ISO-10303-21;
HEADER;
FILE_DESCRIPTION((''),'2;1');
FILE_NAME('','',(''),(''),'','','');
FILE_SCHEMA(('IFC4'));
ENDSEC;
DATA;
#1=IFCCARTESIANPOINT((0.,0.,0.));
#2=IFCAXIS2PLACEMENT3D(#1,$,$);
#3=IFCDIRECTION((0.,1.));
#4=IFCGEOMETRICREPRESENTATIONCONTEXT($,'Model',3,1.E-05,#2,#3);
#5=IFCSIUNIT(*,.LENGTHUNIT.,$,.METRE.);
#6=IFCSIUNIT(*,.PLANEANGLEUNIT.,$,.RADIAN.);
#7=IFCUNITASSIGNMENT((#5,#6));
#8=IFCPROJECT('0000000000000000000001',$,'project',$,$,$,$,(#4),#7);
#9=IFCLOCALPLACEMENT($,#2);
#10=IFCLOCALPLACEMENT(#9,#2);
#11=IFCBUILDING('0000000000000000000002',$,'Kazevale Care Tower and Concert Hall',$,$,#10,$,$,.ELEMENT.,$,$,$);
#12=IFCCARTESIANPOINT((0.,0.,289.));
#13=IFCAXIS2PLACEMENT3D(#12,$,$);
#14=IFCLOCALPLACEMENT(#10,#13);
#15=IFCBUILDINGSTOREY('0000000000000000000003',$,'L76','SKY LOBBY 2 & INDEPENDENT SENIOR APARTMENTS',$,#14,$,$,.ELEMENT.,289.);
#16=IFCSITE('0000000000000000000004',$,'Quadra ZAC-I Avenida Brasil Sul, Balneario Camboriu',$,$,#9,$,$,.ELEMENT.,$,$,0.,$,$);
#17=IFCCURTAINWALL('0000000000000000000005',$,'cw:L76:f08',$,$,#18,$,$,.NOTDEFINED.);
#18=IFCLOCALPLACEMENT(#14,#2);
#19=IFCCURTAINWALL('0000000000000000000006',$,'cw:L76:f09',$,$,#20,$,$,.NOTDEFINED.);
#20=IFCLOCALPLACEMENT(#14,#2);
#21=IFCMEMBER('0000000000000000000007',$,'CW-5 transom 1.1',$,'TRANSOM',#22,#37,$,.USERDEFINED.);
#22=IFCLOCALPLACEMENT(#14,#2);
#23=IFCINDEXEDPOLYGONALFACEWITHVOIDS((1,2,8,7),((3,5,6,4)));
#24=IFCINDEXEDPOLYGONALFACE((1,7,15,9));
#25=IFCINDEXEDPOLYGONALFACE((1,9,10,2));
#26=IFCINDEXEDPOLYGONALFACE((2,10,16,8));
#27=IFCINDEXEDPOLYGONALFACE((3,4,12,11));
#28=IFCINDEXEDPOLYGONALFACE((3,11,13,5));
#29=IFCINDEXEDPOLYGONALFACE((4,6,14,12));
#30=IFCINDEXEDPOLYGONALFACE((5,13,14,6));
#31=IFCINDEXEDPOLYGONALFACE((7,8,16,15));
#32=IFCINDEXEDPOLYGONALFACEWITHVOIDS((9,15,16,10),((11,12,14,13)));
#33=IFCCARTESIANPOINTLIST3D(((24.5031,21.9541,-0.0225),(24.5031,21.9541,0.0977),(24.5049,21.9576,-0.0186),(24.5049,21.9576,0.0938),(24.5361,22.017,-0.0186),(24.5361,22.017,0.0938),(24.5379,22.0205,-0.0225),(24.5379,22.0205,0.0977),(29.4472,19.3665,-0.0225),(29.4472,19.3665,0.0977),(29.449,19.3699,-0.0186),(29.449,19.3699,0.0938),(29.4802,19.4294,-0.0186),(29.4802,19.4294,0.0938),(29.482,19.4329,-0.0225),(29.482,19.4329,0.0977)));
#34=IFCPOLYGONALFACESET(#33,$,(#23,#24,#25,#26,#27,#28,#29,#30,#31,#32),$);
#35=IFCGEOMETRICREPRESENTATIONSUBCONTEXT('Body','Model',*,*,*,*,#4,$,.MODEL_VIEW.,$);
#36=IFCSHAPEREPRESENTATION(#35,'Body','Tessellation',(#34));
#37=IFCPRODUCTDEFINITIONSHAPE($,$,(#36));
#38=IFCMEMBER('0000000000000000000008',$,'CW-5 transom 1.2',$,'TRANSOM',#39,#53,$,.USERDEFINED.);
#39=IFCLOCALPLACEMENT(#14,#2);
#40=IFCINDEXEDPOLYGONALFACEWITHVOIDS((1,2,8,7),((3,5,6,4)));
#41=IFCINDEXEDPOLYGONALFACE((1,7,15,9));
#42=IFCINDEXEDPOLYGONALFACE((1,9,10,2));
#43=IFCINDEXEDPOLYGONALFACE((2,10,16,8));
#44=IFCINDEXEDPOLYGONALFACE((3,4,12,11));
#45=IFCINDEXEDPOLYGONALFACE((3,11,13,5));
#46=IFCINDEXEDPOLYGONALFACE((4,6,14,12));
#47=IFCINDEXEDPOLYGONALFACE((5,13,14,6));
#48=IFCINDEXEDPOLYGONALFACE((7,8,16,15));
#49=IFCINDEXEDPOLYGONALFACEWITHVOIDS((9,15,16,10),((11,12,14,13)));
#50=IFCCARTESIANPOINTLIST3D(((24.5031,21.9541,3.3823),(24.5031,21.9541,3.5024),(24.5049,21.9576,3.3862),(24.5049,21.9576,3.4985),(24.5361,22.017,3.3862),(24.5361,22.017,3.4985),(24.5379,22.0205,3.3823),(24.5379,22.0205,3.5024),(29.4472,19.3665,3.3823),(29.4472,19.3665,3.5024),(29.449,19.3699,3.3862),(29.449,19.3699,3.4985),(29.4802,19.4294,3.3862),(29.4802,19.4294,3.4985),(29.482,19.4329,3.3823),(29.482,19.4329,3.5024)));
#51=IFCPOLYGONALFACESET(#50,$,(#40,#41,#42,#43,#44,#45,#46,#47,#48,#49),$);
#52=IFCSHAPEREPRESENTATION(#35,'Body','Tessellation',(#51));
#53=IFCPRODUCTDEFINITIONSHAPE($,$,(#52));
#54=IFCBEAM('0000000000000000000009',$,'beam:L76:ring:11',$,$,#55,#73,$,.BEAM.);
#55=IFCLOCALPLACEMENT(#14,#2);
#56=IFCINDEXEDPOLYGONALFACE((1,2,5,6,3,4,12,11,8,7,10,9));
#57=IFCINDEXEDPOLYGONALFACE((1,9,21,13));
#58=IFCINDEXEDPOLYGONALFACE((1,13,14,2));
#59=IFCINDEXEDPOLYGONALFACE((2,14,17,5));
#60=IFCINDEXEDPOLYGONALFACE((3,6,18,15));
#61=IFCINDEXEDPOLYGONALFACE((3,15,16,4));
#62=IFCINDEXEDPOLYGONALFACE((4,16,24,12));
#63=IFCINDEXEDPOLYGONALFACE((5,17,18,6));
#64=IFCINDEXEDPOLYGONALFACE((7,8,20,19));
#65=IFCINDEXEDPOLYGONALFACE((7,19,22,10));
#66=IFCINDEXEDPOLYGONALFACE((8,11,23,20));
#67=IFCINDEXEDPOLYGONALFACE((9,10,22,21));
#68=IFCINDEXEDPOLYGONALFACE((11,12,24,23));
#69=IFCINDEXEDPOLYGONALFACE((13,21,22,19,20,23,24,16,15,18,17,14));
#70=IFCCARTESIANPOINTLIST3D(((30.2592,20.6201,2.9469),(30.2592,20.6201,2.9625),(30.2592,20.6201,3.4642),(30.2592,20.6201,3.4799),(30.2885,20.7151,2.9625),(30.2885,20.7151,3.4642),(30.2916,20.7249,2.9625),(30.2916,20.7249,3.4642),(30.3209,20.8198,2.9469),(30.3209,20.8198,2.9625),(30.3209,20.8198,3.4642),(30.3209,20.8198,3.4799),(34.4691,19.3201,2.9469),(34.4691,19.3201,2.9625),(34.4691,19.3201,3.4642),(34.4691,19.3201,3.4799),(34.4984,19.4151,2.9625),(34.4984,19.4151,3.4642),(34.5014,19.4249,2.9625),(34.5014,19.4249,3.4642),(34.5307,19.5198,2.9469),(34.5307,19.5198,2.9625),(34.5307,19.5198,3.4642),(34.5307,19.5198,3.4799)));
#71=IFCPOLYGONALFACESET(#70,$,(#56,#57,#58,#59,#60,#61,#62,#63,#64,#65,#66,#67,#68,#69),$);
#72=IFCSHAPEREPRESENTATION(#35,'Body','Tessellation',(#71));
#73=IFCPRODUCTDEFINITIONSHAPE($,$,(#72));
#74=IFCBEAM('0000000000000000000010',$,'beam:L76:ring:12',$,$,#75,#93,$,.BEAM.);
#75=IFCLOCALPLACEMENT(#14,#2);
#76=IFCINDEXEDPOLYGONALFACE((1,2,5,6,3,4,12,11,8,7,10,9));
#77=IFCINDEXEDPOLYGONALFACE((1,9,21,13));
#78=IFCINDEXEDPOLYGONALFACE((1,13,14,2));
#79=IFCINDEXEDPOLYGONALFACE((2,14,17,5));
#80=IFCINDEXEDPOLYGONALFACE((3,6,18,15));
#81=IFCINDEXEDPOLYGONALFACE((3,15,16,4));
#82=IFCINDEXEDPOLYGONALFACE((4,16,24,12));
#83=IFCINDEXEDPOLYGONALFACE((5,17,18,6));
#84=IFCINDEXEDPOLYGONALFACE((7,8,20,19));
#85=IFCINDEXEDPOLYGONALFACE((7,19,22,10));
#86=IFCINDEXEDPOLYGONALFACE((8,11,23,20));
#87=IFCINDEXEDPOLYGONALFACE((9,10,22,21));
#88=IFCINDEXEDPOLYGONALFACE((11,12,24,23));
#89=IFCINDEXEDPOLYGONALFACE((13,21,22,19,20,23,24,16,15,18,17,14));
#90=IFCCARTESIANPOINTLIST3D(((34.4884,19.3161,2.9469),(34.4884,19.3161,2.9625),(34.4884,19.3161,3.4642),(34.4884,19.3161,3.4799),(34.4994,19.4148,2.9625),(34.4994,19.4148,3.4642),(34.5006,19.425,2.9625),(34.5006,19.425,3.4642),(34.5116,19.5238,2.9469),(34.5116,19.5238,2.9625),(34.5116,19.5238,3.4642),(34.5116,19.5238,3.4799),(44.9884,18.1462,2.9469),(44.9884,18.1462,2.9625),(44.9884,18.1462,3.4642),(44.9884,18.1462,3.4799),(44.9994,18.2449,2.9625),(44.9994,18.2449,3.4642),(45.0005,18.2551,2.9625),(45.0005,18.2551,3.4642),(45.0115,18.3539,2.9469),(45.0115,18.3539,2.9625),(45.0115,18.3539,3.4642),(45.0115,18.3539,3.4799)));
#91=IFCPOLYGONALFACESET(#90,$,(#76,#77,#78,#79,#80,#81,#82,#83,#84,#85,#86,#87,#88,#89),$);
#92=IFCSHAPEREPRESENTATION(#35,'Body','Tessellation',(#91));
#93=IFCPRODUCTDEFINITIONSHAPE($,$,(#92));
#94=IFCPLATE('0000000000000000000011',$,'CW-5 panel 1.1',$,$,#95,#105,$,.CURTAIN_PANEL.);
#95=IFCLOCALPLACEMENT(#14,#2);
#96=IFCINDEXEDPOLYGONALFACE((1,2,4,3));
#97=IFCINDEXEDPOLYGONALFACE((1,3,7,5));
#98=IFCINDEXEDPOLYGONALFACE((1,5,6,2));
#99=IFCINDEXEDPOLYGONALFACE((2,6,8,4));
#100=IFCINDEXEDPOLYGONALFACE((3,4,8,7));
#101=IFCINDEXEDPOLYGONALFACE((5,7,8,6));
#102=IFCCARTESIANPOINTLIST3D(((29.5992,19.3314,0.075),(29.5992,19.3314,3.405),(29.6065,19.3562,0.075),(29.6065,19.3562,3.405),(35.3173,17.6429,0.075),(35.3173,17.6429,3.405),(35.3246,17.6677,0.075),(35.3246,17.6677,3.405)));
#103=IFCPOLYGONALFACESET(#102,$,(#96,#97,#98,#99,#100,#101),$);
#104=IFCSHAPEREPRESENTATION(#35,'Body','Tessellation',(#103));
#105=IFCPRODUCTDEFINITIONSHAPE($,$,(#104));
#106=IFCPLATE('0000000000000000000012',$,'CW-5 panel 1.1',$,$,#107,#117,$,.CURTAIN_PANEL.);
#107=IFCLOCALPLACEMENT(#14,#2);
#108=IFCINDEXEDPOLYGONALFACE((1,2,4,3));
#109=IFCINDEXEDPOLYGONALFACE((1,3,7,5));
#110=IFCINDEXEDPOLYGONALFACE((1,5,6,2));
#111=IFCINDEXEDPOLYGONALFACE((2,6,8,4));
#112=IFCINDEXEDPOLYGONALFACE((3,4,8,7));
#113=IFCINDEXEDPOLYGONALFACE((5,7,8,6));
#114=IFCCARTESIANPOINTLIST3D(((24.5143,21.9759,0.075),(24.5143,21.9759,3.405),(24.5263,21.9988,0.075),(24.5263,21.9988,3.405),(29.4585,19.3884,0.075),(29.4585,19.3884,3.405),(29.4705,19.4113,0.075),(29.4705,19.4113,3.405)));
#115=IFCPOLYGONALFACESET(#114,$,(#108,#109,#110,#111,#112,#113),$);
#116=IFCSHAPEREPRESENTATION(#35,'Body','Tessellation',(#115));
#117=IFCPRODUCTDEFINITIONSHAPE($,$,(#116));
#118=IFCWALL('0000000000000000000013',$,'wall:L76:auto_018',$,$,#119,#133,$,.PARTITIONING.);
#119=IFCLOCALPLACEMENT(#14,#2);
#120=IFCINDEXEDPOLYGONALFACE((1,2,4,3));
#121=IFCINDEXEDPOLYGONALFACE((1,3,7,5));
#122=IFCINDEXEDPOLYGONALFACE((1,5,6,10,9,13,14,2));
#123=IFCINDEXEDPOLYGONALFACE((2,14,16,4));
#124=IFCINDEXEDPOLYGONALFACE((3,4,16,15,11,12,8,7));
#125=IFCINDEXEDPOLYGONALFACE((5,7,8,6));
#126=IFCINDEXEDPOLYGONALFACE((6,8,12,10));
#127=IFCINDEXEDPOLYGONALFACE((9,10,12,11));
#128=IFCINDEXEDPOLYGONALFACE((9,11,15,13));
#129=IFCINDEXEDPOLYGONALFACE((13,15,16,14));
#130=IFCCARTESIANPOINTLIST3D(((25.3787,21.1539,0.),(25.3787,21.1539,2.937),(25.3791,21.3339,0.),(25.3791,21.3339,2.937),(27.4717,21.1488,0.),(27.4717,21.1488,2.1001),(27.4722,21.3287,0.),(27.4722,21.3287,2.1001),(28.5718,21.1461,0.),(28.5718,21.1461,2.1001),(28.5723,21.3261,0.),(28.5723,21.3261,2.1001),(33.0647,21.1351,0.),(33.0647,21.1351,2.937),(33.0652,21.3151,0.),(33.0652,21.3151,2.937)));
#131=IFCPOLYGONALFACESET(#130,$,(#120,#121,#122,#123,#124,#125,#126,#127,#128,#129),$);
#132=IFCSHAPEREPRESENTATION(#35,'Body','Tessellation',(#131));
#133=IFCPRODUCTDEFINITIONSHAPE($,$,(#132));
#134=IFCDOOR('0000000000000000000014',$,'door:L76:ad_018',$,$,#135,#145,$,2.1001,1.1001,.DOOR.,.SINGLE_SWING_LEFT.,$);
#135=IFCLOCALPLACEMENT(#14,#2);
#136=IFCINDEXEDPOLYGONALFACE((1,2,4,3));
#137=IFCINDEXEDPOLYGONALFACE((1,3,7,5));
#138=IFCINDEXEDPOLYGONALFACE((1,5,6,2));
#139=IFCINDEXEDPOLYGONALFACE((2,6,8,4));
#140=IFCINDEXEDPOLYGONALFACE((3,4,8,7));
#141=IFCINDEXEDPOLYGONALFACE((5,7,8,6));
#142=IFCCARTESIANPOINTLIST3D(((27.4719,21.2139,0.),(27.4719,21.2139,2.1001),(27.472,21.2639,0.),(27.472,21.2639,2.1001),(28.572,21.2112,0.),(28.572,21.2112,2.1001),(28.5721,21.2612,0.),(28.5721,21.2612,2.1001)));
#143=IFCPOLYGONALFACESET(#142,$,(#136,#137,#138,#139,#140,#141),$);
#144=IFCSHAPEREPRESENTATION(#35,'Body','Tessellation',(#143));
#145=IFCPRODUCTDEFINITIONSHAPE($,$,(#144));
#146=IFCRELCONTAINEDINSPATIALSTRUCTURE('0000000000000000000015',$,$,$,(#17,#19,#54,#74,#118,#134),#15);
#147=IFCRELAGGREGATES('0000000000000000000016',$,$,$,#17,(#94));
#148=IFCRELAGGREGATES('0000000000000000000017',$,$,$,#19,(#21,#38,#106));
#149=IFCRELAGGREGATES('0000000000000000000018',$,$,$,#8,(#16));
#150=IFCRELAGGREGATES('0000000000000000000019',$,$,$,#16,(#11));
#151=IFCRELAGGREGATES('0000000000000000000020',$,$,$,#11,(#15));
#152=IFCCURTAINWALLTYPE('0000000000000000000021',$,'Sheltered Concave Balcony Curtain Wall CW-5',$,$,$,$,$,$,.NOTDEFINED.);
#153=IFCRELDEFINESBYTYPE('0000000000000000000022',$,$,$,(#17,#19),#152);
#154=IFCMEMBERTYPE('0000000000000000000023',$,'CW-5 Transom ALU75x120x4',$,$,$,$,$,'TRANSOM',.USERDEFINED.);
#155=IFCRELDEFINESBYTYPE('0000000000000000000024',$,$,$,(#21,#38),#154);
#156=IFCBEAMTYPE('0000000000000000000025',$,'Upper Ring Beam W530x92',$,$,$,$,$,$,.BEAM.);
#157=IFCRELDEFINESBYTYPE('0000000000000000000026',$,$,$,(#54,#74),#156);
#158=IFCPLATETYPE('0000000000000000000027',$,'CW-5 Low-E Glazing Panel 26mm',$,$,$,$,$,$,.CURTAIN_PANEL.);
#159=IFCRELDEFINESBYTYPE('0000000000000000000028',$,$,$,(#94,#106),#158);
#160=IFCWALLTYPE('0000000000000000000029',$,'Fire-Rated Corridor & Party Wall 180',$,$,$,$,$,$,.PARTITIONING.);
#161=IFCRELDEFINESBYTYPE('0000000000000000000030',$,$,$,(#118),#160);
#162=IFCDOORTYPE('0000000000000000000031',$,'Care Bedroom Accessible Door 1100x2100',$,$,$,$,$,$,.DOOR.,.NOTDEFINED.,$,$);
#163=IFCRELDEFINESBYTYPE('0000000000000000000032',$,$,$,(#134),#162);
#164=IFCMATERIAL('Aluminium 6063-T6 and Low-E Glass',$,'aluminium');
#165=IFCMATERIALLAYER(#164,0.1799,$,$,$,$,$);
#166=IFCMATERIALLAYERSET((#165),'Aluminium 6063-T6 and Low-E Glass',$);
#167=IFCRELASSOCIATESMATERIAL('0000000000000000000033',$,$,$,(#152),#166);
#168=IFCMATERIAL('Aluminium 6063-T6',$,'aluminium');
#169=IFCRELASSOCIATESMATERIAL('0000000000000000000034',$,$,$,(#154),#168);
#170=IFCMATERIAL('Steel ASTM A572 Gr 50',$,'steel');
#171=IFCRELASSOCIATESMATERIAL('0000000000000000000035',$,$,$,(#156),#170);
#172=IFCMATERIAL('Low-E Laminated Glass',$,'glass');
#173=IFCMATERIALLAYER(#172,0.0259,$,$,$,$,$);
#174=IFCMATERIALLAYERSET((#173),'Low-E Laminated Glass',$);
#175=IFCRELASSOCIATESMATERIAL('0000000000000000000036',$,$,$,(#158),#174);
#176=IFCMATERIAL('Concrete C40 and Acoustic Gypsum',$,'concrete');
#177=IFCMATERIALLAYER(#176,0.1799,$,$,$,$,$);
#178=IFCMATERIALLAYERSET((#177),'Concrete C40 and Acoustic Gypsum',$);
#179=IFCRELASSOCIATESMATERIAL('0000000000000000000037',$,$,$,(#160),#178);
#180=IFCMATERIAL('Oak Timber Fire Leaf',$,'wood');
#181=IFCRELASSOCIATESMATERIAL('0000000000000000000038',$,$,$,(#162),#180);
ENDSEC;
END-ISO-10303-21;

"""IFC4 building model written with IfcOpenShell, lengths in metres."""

from ifc_helpers import new_model, si_unit, direction, frame, frame_2d, origin, origin_2d, place, context, subcontext, project, spatial, rectangle, hollow_rectangle, i_section, extrude, material, layer, layer_set, material_profile, profile_set, type_object, element, fill, aggregate, save


model = new_model("IFC4")

# Units and contexts
model_context = context("Model", 3, precision=1e-05, world=origin(), true_north=direction((0.0, 1.0)))
body_context = subcontext(model_context, "Body", "Model", "MODEL_VIEW")
ifc_project = project(units=[si_unit("LENGTHUNIT", "METRE"), si_unit("PLANEANGLEUNIT", "RADIAN")], contexts=[model_context])

# Site, building, storey
site_placement = place(None, origin())
site = spatial("IfcSite", under=ifc_project, at=site_placement, Name="Quadra ZAC-I Avenida Brasil Sul, Balneario Camboriu", CompositionType="ELEMENT", RefElevation=0.0)
building_placement = place(site_placement, origin())
building = spatial("IfcBuilding", under=site, at=building_placement, Name="Kazevale Care Tower and Concert Hall", CompositionType="ELEMENT")
storey_placement = place(building_placement, frame((0.0, 0.0, 289.0)))
storey = spatial("IfcBuildingStorey", under=building, at=storey_placement, Name="L76", Description="SKY LOBBY 2 & INDEPENDENT SENIOR APARTMENTS", CompositionType="ELEMENT", Elevation=289.0)

# Shared definitions
ifc_material_1 = material(Name="Aluminium 6063-T6 and Low-E Glass", Category="aluminium")
ifc_layer_1 = layer(ifc_material_1, 0.1799)
ifc_layer_set_1 = layer_set([ifc_layer_1], Name="Aluminium 6063-T6 and Low-E Glass")
curtain_wall_type = type_object("IfcCurtainWallType", Name="Sheltered Concave Balcony Curtain Wall CW-5", PredefinedType="NOTDEFINED", material=ifc_layer_set_1)
ifc_material_2 = material(Name="Aluminium 6063-T6", Category="aluminium")

# Curtain wall
curtain_wall_1_placement = place(storey_placement, origin())
curtain_wall_1 = element("IfcCurtainWall", 1, at=curtain_wall_1_placement, inside=storey, type_object=curtain_wall_type, Name="cw:L76:f08", PredefinedType="NOTDEFINED")

# Curtain wall
curtain_wall_2_placement = place(storey_placement, origin())
curtain_wall_2 = element("IfcCurtainWall", 2, at=curtain_wall_2_placement, inside=storey, type_object=curtain_wall_type, Name="cw:L76:f09", PredefinedType="NOTDEFINED")

# Members
ifc_material_profile_1 = material_profile(ifc_material_2, hollow_rectangle(XDim=0.075, YDim=0.1201, WallThickness=0.0039, at=origin_2d()), Name="ALU75x120x4")
ifc_profile_set_1 = profile_set([ifc_material_profile_1], Name="Aluminium 6063-T6")
member_type_1 = type_object("IfcMemberType", Name="CW-5 Transom ALU75x120x4", ElementType="TRANSOM", PredefinedType="USERDEFINED", material=ifc_profile_set_1)
member_1_placement = place(storey_placement, frame((29.4646, 19.3997, 0.0376), z_axis=(-0.885987, 0.463709, 0.0), x_axis=(-0.463709, -0.885987, 0.0)))
member_1 = element("IfcMember", 3, at=member_1_placement, type_object=member_type_1, Name="CW-5 transom 1.1", ObjectType="TRANSOM", PredefinedType="USERDEFINED", context=body_context, shape_type="SweptSolid", body=[
    extrude(hollow_rectangle(XDim=0.075, YDim=0.1201, WallThickness=0.0039, at=origin_2d()), origin(), (0.0, 0.0, 1.0), 5.5803),
])
member_2_placement = place(storey_placement, frame((29.4646, 19.3997, 3.4424), z_axis=(-0.885987, 0.463709, 0.0), x_axis=(-0.463709, -0.885987, 0.0)))
member_2 = element("IfcMember", 4, at=member_2_placement, type_object=member_type_1, Name="CW-5 transom 1.2", ObjectType="TRANSOM", PredefinedType="USERDEFINED", context=body_context, shape_type="SweptSolid", body=[
    extrude(hollow_rectangle(XDim=0.075, YDim=0.1201, WallThickness=0.0039, at=origin_2d()), origin(), (0.0, 0.0, 1.0), 5.5803),
])

# Beams
ifc_material_3 = material(Name="Steel ASTM A572 Gr 50", Category="steel")
ifc_material_profile_2 = material_profile(ifc_material_3, i_section(OverallWidth=0.209, OverallDepth=0.533, WebThickness=0.0103, FlangeThickness=0.0156, at=origin_2d()), Name="W530x92")
ifc_profile_set_2 = profile_set([ifc_material_profile_2], Name="Steel ASTM A572 Gr 50")
beam_type = type_object("IfcBeamType", Name="Upper Ring Beam W530x92", PredefinedType="BEAM", material=ifc_profile_set_2)
beam_1_placement = place(storey_placement, frame((30.29, 20.72, 3.2134), z_axis=(0.95548, -0.295055, 0.0), x_axis=(0.295055, 0.95548, 0.0)))
element("IfcBeam", 5, at=beam_1_placement, inside=storey, type_object=beam_type, Name="beam:L76:ring:11", PredefinedType="BEAM", context=body_context, shape_type="SweptSolid", body=[
    extrude(i_section(OverallWidth=0.209, OverallDepth=0.533, WebThickness=0.0103, FlangeThickness=0.0156, at=origin_2d()), origin(), (0.0, 0.0, 1.0), 4.406),
])
beam_2_placement = place(storey_placement, frame((34.5, 19.4199, 3.2134), z_axis=(0.99385, -0.110736, 0.0), x_axis=(0.110736, 0.99385, 0.0)))
element("IfcBeam", 6, at=beam_2_placement, inside=storey, type_object=beam_type, Name="beam:L76:ring:12", PredefinedType="BEAM", context=body_context, shape_type="SweptSolid", body=[
    extrude(i_section(OverallWidth=0.209, OverallDepth=0.533, WebThickness=0.0103, FlangeThickness=0.0156, at=origin_2d()), origin(), (0.0, 0.0, 1.0), 10.5649),
])

# Plates
ifc_material_4 = material(Name="Low-E Laminated Glass", Category="glass")
ifc_layer_2 = layer(ifc_material_4, 0.0259)
ifc_layer_set_2 = layer_set([ifc_layer_2], Name="Low-E Laminated Glass")
plate_type = type_object("IfcPlateType", Name="CW-5 Low-E Glazing Panel 26mm", PredefinedType="CURTAIN_PANEL", material=ifc_layer_set_2)
plate_1_placement = place(storey_placement, frame((32.4619, 18.4995, 0.075), z_axis=(0.0, 0.0, 1.0), x_axis=(-0.95906, 0.283203, 0.0)))
plate_1 = element("IfcPlate", 7, at=plate_1_placement, type_object=plate_type, Name="CW-5 panel 1.1", PredefinedType="CURTAIN_PANEL", context=body_context, shape_type="SweptSolid", body=[
    extrude(rectangle(XDim=5.9622, YDim=0.0259, at=origin_2d()), origin(), (0.0, 0.0, 1.0), 3.3301),
])
aggregate(curtain_wall_1, [plate_1])
plate_2_placement = place(storey_placement, frame((26.9924, 20.6936, 0.075), z_axis=(0.0, 0.0, 1.0), x_axis=(-0.886002, 0.463681, 0.0)))
plate_2 = element("IfcPlate", 8, at=plate_2_placement, type_object=plate_type, Name="CW-5 panel 1.1", PredefinedType="CURTAIN_PANEL", context=body_context, shape_type="SweptSolid", body=[
    extrude(rectangle(XDim=5.5803, YDim=0.0259, at=origin_2d()), origin(), (0.0, 0.0, 1.0), 3.3301),
])
aggregate(curtain_wall_2, [member_1, member_2, plate_2])

# Wall, opening, door
ifc_material_5 = material(Name="Concrete C40 and Acoustic Gypsum", Category="concrete")
ifc_layer_3 = layer(ifc_material_5, 0.1799)
ifc_layer_set_3 = layer_set([ifc_layer_3], Name="Concrete C40 and Acoustic Gypsum")
wall_type = type_object("IfcWallType", Name="Fire-Rated Corridor & Party Wall 180", PredefinedType="PARTITIONING", material=ifc_layer_set_3)
wall_placement = place(storey_placement, frame((33.0649, 21.2251, 0.0), z_axis=(0.0, 0.0, 1.0), x_axis=(-0.999997, 0.002446, 0.0)))
wall = element("IfcWall", 9, at=wall_placement, inside=storey, type_object=wall_type, Name="wall:L76:auto_018", PredefinedType="PARTITIONING", context=body_context, shape_type="SweptSolid", body=[
    extrude(rectangle(XDim=7.686, YDim=0.1799, at=frame_2d((3.843, 0.0))), origin(), (0.0, 0.0, 1.0), 2.937),
])
opening_placement = place(wall_placement, frame((4.4929, 0.0, 0.0)))
opening = element("IfcOpeningElement", 10, at=opening_placement, cuts=wall, PredefinedType="OPENING", context=body_context, shape_type="SweptSolid", body=[
    extrude(rectangle(XDim=1.1001, YDim=2.1001, at=frame_2d((0.55, 1.05))), frame((0.0, 0.0999, 0.0), z_axis=(0.0, -1.0, 0.0), x_axis=(1.0, 0.0, 0.0)), (0.0, 0.0, 1.0), 0.2),
])
ifc_material_6 = material(Name="Oak Timber Fire Leaf", Category="wood")
door_type = type_object("IfcDoorType", Name="Care Bedroom Accessible Door 1100x2100", OperationType="NOTDEFINED", PredefinedType="DOOR", material=ifc_material_6)
door_placement = place(opening_placement, origin())
door = element("IfcDoor", 11, at=door_placement, inside=storey, type_object=door_type, Name="door:L76:ad_018", OperationType="SINGLE_SWING_LEFT", OverallHeight=2.1001, OverallWidth=1.1001, PredefinedType="DOOR", context=body_context, shape_type="SweptSolid", body=[
    extrude(rectangle(XDim=1.1001, YDim=2.1001, at=frame_2d((0.55, 1.05))), frame((0.0, 0.0249, 0.0), z_axis=(0.0, -1.0, 0.0), x_axis=(1.0, 0.0, 0.0)), (0.0, 0.0, 1.0), 0.05),
])
fill(opening, door)

save(model, "model.ifc")
